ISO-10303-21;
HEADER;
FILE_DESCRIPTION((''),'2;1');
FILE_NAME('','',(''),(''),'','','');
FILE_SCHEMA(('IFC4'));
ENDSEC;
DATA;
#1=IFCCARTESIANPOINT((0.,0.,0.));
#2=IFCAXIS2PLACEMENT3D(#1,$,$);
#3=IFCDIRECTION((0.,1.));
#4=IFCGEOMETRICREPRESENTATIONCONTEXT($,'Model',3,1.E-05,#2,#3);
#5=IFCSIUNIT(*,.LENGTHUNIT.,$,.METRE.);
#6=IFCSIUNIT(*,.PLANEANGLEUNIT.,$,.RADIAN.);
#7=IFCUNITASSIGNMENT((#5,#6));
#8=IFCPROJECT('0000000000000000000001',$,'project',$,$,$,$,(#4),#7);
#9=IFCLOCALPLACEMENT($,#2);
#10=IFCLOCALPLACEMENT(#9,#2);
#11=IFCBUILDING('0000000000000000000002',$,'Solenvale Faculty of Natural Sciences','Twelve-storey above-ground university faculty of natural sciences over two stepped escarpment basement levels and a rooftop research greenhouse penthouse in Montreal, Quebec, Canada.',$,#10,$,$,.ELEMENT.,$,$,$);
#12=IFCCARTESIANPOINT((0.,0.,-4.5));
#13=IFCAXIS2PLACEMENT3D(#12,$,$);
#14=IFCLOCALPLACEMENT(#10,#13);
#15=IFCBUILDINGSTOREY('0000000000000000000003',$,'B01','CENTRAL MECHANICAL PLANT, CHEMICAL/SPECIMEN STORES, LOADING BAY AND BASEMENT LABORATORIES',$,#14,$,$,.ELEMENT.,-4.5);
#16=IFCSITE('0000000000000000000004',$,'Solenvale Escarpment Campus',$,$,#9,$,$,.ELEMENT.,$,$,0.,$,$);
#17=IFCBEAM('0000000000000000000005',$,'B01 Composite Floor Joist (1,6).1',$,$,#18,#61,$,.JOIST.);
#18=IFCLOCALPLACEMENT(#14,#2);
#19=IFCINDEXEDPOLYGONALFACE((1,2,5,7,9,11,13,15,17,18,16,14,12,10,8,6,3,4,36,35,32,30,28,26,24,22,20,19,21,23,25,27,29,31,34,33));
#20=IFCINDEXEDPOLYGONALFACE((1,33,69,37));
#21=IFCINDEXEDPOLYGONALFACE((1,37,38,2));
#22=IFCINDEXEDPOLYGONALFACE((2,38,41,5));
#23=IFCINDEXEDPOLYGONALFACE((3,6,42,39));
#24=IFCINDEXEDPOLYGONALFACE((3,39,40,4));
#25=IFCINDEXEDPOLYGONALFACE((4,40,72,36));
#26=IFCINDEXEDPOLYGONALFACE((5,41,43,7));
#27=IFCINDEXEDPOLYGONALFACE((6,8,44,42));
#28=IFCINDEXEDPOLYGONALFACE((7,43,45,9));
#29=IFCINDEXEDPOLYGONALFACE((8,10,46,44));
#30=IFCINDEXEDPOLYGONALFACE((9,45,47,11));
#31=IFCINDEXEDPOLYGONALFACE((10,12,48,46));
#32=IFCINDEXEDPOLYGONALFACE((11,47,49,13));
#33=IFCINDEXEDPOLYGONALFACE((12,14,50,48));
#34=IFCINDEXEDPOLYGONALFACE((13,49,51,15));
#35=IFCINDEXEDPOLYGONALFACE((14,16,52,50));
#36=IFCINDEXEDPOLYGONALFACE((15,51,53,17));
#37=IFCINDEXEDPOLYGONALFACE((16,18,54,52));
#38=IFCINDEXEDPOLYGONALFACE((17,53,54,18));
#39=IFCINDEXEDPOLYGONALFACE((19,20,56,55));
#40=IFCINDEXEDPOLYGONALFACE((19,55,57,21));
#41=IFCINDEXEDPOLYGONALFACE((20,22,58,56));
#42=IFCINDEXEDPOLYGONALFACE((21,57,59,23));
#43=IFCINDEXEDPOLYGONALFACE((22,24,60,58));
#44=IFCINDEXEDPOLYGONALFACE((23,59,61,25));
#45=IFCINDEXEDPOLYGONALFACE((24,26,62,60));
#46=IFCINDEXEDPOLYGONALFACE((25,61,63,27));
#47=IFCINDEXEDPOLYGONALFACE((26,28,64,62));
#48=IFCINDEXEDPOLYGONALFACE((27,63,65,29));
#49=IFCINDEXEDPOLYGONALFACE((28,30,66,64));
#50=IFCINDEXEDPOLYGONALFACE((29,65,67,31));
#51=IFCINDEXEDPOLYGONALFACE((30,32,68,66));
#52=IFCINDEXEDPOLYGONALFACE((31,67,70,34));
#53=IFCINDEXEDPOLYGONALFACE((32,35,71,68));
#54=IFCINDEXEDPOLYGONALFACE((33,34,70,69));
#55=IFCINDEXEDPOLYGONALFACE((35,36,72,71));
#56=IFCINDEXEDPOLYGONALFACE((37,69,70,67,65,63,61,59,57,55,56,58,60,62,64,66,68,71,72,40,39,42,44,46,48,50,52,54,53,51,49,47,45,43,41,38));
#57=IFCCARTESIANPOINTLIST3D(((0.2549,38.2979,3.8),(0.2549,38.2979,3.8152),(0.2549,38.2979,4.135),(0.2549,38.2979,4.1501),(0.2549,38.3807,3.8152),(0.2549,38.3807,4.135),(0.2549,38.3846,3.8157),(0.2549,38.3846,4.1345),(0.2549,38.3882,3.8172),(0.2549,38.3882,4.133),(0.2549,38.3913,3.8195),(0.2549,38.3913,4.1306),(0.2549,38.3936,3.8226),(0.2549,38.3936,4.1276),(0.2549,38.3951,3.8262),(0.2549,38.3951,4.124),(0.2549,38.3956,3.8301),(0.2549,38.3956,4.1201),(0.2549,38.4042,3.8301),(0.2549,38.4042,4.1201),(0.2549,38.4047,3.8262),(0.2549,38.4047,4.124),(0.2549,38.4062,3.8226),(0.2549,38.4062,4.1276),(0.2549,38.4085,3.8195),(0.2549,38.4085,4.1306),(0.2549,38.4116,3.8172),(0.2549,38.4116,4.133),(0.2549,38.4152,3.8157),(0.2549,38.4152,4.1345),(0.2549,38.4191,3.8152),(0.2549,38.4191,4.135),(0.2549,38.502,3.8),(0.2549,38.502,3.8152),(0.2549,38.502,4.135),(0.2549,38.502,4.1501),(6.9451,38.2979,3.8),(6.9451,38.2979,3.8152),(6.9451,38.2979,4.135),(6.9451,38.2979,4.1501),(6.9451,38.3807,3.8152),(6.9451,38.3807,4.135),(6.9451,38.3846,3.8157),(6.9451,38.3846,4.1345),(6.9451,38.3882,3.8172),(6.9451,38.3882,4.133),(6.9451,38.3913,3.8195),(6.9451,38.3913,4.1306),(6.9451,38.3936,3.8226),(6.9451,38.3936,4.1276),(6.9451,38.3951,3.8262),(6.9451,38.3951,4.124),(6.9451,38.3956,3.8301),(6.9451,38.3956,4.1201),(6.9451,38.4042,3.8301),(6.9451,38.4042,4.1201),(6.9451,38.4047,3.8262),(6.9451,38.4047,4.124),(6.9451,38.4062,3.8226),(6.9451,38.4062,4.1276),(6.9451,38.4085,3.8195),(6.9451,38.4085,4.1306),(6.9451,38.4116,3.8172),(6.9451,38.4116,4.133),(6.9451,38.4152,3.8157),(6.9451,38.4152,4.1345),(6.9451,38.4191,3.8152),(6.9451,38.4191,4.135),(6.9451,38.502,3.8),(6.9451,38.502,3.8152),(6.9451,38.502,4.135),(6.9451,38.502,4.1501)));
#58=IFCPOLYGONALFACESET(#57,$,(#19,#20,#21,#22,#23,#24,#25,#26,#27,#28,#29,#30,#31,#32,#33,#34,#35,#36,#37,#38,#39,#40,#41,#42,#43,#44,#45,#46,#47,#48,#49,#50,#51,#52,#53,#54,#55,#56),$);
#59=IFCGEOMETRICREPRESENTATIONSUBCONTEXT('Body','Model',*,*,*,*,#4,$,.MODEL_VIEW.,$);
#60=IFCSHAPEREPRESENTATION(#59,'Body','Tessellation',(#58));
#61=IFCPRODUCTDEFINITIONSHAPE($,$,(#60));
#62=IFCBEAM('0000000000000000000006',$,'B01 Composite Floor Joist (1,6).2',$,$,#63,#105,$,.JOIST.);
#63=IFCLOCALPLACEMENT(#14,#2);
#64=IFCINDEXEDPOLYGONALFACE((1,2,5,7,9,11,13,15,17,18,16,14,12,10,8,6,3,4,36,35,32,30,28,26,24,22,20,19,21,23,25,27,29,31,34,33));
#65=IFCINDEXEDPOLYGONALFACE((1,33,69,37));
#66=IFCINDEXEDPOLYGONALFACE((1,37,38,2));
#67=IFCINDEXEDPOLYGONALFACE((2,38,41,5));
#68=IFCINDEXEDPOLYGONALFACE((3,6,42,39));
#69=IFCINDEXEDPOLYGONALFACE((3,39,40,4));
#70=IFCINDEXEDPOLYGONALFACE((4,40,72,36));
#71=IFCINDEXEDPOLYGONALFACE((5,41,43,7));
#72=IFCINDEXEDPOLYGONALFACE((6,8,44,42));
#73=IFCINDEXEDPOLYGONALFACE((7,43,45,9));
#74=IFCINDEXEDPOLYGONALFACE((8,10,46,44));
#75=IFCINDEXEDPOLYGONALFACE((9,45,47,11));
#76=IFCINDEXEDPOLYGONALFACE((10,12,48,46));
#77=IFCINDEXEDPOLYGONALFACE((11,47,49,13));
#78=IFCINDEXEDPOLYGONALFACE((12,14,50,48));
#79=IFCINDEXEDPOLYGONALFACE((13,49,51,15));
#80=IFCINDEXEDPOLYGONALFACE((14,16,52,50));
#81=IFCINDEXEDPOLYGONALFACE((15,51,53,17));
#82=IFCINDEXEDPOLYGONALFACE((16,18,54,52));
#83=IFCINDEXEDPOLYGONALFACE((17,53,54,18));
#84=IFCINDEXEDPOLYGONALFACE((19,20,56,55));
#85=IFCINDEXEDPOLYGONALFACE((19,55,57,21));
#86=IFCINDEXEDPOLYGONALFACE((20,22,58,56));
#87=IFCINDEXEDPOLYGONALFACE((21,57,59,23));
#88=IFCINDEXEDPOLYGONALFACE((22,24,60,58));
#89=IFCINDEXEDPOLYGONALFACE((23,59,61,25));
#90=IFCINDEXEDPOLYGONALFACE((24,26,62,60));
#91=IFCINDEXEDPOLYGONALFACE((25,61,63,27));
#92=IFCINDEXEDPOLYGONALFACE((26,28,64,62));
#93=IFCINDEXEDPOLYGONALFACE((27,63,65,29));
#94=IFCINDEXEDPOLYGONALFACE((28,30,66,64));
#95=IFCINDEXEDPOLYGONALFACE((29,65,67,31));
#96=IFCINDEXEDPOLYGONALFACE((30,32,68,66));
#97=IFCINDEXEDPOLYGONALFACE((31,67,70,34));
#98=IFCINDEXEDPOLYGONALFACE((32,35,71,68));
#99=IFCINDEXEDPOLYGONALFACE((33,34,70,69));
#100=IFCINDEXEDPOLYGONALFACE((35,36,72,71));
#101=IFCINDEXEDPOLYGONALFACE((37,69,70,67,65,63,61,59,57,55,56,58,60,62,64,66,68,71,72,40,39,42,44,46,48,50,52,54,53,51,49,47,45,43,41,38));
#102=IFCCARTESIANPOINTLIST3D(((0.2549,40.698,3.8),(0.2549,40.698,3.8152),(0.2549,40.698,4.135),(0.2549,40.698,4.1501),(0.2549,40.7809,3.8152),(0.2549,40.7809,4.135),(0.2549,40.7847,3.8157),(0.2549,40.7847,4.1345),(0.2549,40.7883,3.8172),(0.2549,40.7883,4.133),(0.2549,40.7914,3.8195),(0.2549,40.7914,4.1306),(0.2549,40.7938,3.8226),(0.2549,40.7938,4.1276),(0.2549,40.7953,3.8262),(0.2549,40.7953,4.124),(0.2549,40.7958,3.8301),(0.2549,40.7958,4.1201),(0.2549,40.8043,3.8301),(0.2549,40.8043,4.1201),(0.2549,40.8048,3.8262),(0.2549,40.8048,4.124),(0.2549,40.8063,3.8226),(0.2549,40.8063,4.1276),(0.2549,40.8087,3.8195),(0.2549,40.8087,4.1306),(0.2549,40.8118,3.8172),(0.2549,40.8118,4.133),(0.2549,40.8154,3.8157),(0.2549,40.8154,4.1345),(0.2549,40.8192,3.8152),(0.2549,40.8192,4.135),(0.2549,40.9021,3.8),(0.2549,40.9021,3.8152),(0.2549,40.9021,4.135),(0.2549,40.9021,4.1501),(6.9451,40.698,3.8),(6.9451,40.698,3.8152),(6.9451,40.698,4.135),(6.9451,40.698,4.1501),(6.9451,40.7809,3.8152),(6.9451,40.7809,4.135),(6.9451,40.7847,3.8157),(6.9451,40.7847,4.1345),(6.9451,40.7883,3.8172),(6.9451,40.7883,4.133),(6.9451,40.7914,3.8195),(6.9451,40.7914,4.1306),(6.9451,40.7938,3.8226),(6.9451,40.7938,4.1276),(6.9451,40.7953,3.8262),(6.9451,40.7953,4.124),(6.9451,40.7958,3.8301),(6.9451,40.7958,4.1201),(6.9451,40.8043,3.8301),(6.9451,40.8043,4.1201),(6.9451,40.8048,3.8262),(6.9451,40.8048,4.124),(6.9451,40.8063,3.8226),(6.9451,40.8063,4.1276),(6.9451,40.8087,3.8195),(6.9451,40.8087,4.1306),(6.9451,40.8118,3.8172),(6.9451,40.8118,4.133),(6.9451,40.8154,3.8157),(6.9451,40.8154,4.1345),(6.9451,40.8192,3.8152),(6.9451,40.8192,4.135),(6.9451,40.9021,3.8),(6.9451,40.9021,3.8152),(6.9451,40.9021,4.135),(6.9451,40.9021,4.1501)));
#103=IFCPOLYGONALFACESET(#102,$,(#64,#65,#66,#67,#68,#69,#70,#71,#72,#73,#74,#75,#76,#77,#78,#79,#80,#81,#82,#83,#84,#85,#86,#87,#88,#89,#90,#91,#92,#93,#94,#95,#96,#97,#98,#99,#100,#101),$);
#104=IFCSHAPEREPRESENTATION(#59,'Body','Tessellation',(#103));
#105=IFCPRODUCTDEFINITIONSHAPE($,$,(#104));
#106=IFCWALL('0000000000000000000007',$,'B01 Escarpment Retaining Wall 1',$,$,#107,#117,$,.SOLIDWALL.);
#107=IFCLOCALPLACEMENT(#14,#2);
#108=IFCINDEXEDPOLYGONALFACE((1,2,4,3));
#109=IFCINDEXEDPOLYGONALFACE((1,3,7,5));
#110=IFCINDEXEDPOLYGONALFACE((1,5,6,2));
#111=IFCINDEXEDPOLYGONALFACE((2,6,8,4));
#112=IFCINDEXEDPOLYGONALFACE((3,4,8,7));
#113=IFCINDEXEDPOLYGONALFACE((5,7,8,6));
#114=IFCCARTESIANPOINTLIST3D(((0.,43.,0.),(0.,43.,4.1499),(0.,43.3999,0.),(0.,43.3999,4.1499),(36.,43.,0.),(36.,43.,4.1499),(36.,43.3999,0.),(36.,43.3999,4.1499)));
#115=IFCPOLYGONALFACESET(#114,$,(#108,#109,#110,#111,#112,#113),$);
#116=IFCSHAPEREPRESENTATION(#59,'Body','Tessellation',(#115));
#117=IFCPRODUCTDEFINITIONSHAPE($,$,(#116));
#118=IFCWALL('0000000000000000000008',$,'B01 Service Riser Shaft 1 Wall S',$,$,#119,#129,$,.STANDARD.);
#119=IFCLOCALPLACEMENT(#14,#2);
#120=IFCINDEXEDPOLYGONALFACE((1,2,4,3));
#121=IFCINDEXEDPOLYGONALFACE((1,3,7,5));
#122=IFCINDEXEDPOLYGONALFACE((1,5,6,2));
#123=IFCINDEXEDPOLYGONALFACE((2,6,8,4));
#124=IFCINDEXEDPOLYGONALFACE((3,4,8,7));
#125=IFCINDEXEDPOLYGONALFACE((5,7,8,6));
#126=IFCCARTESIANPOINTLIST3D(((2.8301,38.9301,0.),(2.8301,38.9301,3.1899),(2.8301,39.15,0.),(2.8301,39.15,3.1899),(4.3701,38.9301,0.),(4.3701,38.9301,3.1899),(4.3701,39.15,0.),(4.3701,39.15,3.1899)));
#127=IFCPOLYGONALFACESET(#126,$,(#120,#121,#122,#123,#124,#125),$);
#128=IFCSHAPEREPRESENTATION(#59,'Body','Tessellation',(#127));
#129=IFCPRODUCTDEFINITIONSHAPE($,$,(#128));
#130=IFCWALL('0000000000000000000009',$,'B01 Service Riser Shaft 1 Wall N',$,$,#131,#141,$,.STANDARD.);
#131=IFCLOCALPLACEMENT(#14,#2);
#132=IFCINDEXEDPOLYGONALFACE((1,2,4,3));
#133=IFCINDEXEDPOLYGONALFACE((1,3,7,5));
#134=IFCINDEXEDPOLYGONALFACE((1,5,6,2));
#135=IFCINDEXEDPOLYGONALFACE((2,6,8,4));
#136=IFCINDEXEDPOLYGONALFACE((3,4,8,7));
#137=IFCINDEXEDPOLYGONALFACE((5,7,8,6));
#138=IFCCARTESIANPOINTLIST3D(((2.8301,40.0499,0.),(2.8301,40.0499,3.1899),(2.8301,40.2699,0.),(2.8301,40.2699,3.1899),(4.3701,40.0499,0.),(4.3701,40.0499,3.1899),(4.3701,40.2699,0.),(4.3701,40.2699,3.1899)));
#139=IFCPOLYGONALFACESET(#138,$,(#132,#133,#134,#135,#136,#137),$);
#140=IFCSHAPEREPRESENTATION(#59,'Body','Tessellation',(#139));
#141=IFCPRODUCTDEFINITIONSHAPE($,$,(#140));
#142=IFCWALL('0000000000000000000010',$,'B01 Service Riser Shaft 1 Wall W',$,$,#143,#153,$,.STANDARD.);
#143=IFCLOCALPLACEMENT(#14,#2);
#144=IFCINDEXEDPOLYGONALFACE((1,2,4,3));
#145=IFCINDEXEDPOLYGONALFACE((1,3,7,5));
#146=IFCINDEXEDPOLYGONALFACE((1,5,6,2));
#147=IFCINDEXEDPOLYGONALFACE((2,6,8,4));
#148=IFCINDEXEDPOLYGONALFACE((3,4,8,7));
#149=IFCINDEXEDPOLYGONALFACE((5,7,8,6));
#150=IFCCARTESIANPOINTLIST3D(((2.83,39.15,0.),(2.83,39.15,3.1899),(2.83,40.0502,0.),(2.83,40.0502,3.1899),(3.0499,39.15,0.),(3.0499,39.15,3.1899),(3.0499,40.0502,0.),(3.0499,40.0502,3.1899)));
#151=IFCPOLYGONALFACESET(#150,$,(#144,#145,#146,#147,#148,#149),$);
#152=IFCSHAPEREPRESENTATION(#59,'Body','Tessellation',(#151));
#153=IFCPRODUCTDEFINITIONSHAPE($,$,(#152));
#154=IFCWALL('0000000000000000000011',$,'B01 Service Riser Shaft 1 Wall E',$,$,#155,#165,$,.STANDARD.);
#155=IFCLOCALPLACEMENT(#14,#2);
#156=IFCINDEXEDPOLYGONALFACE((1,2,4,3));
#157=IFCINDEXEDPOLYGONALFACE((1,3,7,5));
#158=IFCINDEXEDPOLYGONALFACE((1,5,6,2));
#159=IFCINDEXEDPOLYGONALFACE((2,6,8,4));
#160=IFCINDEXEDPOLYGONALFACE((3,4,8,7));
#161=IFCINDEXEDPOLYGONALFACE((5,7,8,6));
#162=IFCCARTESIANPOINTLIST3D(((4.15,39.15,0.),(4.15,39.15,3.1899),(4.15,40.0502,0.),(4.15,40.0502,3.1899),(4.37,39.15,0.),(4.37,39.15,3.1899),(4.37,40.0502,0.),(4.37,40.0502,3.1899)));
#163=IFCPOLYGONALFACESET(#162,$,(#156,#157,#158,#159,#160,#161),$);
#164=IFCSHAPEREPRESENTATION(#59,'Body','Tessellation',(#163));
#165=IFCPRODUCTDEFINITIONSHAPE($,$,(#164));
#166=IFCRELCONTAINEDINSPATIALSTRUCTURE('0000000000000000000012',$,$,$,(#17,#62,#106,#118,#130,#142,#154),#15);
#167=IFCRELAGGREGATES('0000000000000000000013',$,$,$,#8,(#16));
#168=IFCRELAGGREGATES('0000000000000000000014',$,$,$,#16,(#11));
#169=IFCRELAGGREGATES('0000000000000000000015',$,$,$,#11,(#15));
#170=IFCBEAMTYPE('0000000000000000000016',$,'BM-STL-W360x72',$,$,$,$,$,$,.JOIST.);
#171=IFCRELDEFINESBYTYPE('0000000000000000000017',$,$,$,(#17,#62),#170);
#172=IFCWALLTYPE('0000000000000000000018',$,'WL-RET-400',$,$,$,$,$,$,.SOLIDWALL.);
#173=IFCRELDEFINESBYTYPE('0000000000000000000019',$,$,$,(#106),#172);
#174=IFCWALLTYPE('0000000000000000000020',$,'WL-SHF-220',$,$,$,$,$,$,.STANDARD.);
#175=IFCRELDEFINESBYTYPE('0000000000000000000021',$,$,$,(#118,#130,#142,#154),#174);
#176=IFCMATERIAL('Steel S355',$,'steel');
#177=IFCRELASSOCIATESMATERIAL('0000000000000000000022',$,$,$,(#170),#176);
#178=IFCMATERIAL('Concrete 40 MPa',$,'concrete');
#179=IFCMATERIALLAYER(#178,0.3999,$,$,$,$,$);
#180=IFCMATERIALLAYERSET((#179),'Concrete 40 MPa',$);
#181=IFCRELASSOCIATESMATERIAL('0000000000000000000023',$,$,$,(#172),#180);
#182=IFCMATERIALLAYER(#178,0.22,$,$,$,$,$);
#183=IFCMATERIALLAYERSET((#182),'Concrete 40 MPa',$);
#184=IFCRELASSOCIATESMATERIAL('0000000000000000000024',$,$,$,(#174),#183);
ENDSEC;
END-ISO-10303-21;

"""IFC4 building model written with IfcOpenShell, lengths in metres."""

from ifc_helpers import new_model, si_unit, direction, frame, frame_2d, origin, origin_2d, place, context, subcontext, project, spatial, rectangle, i_section, extrude, material, layer, layer_set, material_profile, profile_set, type_object, element, save


model = new_model("IFC4")

# Units and contexts
model_context = context("Model", 3, precision=1e-05, world=origin(), true_north=direction((0.0, 1.0)))
body_context = subcontext(model_context, "Body", "Model", "MODEL_VIEW")
ifc_project = project(units=[si_unit("LENGTHUNIT", "METRE"), si_unit("PLANEANGLEUNIT", "RADIAN")], contexts=[model_context])

# Site, building, storey
site_placement = place(None, origin())
site = spatial("IfcSite", under=ifc_project, at=site_placement, Name="Solenvale Escarpment Campus", CompositionType="ELEMENT", RefElevation=0.0)
building_placement = place(site_placement, origin())
building = spatial("IfcBuilding", under=site, at=building_placement, Name="Solenvale Faculty of Natural Sciences", Description="Twelve-storey above-ground university faculty of natural sciences over two stepped escarpment basement levels and a rooftop research greenhouse penthouse in Montreal, Quebec, Canada.", CompositionType="ELEMENT")
storey_placement = place(building_placement, frame((0.0, 0.0, -4.5)))
storey = spatial("IfcBuildingStorey", under=building, at=storey_placement, Name="B01", Description="CENTRAL MECHANICAL PLANT, CHEMICAL/SPECIMEN STORES, LOADING BAY AND BASEMENT LABORATORIES", CompositionType="ELEMENT", Elevation=-4.5)

# Shared definitions
ifc_material_1 = material(Name="Concrete 40 MPa", Category="concrete")

# Beams
ifc_material_2 = material(Name="Steel S355", Category="steel")
ifc_material_profile_1 = material_profile(ifc_material_2, i_section(OverallWidth=0.2041, OverallDepth=0.3501, WebThickness=0.0085, FlangeThickness=0.0151, FilletRadius=0.0149, at=origin_2d()), Name="W360x72")
ifc_profile_set_1 = profile_set([ifc_material_profile_1], Name="Steel S355")
beam_type_1 = type_object("IfcBeamType", Name="BM-STL-W360x72", PredefinedType="JOIST", material=ifc_profile_set_1)
for number, where, z_axis, x_axis, name in (
    (1, (0.2549, 38.3999, 3.9751), (1.0, 0.0, 0.0), (0.0, 1.0, 0.0), "B01 Composite Floor Joist (1,6).1"),
    (2, (0.2549, 40.8, 3.9751), (1.0, 0.0, 0.0), (0.0, 1.0, 0.0), "B01 Composite Floor Joist (1,6).2"),
):
    element("IfcBeam", number, at=place(storey_placement, frame(where, z_axis=z_axis, x_axis=x_axis)), inside=storey, type_object=beam_type_1, Name=name, PredefinedType="JOIST", context=body_context, shape_type="SweptSolid", body=[
        extrude(i_section(OverallWidth=0.2041, OverallDepth=0.3501, WebThickness=0.0085, FlangeThickness=0.0151, FilletRadius=0.0149, at=origin_2d()), origin(), (0.0, 0.0, 1.0), 6.6902),
    ])

# Walls
ifc_layer_1 = layer(ifc_material_1, 0.3999)
ifc_layer_set_1 = layer_set([ifc_layer_1], Name="Concrete 40 MPa")
wall_type_1 = type_object("IfcWallType", Name="WL-RET-400", PredefinedType="SOLIDWALL", material=ifc_layer_set_1)
wall_placement = place(storey_placement, frame((0.0, 43.2, 0.0), z_axis=(0.0, 0.0, 1.0), x_axis=(1.0, 0.0, 0.0)))
element("IfcWall", 3, at=wall_placement, inside=storey, type_object=wall_type_1, Name="B01 Escarpment Retaining Wall 1", PredefinedType="SOLIDWALL", context=body_context, shape_type="SweptSolid", body=[
    extrude(rectangle(XDim=36.0, YDim=0.3999, at=frame_2d((18.0, 0.0))), origin(), (0.0, 0.0, 1.0), 4.1499),
])
ifc_layer_2 = layer(ifc_material_1, 0.22)
ifc_layer_set_2 = layer_set([ifc_layer_2], Name="Concrete 40 MPa")
wall_type_2 = type_object("IfcWallType", Name="WL-SHF-220", PredefinedType="STANDARD", material=ifc_layer_set_2)
for number, where, z_axis, x_axis, name in (
    (4, (2.8301, 39.04, 0.0), (0.0, 0.0, 1.0), (1.0, 0.0, 0.0), "B01 Service Riser Shaft 1 Wall S"),
    (5, (2.8301, 40.1599, 0.0), (0.0, 0.0, 1.0), (1.0, 0.0, 0.0), "B01 Service Riser Shaft 1 Wall N"),
):
    element("IfcWall", number, at=place(storey_placement, frame(where, z_axis=z_axis, x_axis=x_axis)), inside=storey, type_object=wall_type_2, Name=name, PredefinedType="STANDARD", context=body_context, shape_type="SweptSolid", body=[
        extrude(rectangle(XDim=1.54, YDim=0.22, at=frame_2d((0.77, 0.0))), origin(), (0.0, 0.0, 1.0), 3.1899),
    ])
for number, where, z_axis, x_axis, name in (
    (6, (2.9399, 39.1499, 0.0), (0.0, 0.0, 1.0), (0.0, 1.0, 0.0), "B01 Service Riser Shaft 1 Wall W"),
    (7, (4.26, 39.1499, 0.0), (0.0, 0.0, 1.0), (0.0, 1.0, 0.0), "B01 Service Riser Shaft 1 Wall E"),
):
    element("IfcWall", number, at=place(storey_placement, frame(where, z_axis=z_axis, x_axis=x_axis)), inside=storey, type_object=wall_type_2, Name=name, PredefinedType="STANDARD", context=body_context, shape_type="SweptSolid", body=[
        extrude(rectangle(XDim=0.9001, YDim=0.22, at=frame_2d((0.4502, 0.0))), origin(), (0.0, 0.0, 1.0), 3.1899),
    ])

save(model, "model.ifc")
